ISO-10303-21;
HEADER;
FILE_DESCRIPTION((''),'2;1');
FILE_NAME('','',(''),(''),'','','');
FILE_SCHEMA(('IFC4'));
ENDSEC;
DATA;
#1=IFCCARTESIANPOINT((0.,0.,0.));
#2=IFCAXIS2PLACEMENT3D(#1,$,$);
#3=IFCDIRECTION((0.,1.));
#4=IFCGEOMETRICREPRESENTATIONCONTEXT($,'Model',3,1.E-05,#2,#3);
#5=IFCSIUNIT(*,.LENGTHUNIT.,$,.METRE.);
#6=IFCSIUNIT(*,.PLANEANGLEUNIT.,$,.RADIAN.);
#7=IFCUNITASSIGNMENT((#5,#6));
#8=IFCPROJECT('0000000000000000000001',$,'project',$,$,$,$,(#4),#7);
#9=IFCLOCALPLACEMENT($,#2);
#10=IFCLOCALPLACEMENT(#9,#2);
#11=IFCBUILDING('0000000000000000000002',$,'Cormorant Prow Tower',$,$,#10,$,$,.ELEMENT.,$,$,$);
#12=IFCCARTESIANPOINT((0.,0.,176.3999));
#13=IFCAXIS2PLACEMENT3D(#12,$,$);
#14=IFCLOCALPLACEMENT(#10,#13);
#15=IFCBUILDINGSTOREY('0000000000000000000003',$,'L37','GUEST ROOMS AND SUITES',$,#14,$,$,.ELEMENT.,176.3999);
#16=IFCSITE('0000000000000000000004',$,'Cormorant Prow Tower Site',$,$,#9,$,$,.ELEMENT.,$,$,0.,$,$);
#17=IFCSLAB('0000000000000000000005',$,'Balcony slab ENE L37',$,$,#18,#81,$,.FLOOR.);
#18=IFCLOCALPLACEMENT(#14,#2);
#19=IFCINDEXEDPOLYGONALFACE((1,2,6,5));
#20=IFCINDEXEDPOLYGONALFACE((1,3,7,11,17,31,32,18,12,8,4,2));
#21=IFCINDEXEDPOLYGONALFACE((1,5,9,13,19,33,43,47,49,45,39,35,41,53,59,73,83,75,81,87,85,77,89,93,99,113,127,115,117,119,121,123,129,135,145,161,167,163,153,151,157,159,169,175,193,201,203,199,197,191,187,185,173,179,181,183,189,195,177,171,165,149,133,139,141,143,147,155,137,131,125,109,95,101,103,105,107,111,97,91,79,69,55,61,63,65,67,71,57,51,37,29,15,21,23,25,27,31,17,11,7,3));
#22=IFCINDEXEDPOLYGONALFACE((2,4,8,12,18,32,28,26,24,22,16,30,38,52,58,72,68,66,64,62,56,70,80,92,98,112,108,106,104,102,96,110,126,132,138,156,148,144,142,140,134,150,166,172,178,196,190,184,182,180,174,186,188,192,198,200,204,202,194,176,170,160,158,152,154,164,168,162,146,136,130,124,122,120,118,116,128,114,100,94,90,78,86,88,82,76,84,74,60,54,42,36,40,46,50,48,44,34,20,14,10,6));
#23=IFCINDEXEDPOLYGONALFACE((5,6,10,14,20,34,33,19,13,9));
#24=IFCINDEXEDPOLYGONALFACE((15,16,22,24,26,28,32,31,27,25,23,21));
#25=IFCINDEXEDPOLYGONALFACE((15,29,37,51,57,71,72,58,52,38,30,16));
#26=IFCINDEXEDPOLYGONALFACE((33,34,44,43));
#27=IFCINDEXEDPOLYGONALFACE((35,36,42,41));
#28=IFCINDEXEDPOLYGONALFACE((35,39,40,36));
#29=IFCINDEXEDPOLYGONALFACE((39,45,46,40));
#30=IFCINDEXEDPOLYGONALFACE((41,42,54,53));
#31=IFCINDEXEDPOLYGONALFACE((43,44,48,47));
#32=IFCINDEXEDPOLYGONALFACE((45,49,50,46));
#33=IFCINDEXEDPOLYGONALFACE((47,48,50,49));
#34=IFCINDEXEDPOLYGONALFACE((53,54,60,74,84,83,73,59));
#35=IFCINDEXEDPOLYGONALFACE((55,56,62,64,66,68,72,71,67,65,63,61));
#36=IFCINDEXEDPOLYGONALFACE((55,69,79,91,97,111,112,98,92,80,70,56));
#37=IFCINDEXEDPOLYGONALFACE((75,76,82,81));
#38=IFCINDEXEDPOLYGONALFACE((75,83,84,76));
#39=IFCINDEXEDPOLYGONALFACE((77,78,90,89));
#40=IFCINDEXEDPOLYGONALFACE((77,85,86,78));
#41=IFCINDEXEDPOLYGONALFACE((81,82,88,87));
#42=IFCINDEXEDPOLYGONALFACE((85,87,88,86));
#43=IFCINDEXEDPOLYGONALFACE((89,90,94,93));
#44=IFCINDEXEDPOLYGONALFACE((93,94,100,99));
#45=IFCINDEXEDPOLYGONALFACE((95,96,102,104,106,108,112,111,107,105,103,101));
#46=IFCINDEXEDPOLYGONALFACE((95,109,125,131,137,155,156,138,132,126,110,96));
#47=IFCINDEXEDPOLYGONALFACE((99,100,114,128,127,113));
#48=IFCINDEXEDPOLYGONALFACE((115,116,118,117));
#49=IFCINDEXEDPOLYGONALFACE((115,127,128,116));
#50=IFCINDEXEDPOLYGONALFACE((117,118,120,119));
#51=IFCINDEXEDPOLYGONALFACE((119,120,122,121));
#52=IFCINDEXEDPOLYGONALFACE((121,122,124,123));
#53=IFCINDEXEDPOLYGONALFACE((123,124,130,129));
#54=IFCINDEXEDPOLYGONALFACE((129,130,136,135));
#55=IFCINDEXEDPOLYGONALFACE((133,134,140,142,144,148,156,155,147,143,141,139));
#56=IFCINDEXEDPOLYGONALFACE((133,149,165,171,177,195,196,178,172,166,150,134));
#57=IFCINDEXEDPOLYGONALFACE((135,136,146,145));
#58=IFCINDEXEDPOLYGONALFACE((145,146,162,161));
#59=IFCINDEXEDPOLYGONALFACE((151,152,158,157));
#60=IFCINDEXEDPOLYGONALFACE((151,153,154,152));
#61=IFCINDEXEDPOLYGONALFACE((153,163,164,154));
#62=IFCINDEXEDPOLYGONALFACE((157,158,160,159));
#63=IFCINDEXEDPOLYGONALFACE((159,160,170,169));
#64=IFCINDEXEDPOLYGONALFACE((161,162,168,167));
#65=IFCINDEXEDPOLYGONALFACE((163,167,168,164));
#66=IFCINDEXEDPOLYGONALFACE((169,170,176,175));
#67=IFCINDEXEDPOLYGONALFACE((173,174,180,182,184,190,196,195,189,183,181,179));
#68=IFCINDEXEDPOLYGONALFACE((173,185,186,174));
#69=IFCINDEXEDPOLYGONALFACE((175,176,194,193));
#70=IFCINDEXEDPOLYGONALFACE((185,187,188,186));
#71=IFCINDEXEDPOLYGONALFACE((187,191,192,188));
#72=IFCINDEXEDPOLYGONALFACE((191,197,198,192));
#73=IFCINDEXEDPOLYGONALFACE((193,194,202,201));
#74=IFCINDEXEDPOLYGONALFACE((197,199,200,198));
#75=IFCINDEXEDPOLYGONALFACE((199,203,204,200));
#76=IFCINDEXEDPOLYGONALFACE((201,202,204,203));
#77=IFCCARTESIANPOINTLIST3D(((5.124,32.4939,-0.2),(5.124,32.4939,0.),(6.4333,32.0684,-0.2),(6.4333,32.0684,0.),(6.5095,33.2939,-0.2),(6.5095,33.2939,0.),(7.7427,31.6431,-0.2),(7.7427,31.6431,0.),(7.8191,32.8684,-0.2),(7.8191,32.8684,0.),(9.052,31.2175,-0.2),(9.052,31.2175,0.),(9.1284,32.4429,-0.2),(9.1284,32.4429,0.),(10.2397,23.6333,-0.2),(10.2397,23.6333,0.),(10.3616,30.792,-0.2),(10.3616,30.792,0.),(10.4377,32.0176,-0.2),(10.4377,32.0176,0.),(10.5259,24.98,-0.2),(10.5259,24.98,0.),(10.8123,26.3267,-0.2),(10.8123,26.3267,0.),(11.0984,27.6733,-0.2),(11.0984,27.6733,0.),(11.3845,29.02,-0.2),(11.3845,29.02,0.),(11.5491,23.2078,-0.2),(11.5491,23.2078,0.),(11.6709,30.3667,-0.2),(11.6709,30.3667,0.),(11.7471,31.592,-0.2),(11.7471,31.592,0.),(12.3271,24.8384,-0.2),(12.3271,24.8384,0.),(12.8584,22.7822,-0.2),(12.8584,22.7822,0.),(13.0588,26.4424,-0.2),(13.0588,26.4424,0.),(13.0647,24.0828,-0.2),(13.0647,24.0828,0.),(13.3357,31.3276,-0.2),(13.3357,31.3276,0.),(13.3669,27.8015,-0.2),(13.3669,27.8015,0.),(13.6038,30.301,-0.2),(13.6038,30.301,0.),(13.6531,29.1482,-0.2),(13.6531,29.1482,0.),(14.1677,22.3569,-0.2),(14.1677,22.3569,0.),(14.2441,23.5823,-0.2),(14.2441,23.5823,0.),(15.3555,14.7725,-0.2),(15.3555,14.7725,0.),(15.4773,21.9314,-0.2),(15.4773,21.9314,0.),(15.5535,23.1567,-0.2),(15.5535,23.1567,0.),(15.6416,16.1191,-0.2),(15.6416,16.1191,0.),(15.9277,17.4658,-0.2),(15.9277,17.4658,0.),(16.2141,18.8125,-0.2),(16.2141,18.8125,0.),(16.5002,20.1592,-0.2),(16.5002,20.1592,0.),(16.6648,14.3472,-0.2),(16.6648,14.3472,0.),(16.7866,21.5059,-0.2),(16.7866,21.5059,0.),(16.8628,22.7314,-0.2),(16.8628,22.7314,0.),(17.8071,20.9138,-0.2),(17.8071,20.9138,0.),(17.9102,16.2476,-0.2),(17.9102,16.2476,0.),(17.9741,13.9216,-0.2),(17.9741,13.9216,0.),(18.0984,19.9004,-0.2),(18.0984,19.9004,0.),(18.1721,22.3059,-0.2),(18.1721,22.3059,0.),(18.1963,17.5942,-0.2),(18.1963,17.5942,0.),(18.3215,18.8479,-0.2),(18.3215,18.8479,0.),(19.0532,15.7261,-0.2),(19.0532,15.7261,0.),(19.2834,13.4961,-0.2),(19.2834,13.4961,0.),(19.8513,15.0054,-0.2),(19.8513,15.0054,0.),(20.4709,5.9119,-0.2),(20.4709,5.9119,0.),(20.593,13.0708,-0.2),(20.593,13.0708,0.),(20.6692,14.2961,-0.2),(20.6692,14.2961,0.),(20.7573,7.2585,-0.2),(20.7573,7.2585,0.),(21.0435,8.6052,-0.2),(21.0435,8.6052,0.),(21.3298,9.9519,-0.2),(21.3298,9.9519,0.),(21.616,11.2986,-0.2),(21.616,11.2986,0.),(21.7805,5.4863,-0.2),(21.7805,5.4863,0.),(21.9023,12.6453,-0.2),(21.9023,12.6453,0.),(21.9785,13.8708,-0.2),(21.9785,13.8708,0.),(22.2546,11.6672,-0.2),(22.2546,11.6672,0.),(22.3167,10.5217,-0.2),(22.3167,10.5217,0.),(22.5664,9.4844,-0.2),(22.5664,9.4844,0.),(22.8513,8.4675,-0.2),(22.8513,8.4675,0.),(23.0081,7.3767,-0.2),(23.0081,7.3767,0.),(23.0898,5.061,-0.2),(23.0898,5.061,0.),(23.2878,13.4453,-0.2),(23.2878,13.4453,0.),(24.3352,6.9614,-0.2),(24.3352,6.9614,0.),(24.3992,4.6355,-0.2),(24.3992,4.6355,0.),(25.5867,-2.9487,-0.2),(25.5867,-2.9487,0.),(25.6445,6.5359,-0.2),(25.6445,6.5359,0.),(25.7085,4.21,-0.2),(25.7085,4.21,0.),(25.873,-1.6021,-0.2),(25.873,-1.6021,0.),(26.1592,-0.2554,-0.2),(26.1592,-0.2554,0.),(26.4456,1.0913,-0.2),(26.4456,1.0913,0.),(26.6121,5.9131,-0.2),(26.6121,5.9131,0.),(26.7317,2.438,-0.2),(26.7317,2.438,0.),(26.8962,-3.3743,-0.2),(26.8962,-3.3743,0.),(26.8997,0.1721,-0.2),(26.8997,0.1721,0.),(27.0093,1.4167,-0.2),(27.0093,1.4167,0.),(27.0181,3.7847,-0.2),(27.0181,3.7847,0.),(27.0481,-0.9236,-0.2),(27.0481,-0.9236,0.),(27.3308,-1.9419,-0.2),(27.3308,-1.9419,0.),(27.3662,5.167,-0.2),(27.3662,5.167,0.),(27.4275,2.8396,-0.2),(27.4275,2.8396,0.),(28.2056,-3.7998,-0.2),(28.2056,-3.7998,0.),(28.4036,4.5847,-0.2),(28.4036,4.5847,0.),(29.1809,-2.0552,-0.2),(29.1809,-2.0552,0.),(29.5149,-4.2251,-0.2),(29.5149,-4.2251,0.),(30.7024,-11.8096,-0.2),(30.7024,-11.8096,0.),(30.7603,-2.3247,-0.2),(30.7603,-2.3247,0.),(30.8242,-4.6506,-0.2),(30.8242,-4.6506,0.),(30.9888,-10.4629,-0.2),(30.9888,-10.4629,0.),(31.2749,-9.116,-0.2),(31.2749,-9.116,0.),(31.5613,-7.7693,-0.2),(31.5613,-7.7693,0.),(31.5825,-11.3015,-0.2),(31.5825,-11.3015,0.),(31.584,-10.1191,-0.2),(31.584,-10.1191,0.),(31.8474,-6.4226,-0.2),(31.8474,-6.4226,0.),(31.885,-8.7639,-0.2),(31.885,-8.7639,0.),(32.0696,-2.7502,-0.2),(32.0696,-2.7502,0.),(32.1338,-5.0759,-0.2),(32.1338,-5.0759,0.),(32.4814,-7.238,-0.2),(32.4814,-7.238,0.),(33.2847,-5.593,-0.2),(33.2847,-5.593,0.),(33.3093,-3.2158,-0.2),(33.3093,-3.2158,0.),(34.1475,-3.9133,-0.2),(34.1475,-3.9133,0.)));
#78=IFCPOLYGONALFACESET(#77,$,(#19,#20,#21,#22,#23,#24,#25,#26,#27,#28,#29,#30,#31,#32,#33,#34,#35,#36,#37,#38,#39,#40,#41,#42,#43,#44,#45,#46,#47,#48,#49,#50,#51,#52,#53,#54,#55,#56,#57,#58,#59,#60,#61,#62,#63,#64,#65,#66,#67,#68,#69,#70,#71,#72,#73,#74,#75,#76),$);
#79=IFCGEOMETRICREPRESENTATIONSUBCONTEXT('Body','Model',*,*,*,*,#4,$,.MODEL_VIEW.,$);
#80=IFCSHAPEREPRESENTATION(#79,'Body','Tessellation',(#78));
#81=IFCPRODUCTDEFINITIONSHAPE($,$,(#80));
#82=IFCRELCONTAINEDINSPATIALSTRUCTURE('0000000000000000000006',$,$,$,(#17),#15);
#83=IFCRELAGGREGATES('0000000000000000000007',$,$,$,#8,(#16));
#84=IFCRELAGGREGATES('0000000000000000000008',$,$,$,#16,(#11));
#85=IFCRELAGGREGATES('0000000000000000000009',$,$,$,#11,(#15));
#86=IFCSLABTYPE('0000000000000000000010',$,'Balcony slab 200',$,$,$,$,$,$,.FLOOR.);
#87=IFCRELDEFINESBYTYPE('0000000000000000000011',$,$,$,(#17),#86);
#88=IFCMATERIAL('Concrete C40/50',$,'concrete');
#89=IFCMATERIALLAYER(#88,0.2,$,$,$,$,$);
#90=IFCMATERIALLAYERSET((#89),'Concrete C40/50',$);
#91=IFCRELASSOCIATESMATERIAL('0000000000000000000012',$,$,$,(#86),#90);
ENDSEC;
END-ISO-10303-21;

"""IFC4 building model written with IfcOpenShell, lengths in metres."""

from ifc_helpers import new_model, si_unit, direction, frame, origin, place, context, subcontext, project, spatial, polyline, outline, extrude, material, layer, layer_set, type_object, element, save


model = new_model("IFC4")

# Units and contexts
model_context = context("Model", 3, precision=1e-05, world=origin(), true_north=direction((0.0, 1.0)))
body_context = subcontext(model_context, "Body", "Model", "MODEL_VIEW")
ifc_project = project(units=[si_unit("LENGTHUNIT", "METRE"), si_unit("PLANEANGLEUNIT", "RADIAN")], contexts=[model_context])

# Site, building, storey
site_placement = place(None, origin())
site = spatial("IfcSite", under=ifc_project, at=site_placement, Name="Cormorant Prow Tower Site", CompositionType="ELEMENT", RefElevation=0.0)
building_placement = place(site_placement, origin())
building = spatial("IfcBuilding", under=site, at=building_placement, Name="Cormorant Prow Tower", CompositionType="ELEMENT")
storey_placement = place(building_placement, frame((0.0, 0.0, 176.3999)))
storey = spatial("IfcBuildingStorey", under=building, at=storey_placement, Name="L37", Description="GUEST ROOMS AND SUITES", CompositionType="ELEMENT", Elevation=176.3999)

# Slab
ifc_material_1 = material(Name="Concrete C40/50", Category="concrete")
ifc_layer_1 = layer(ifc_material_1, 0.2)
ifc_layer_set_1 = layer_set([ifc_layer_1], Name="Concrete C40/50")
slab_type_1 = type_object("IfcSlabType", Name="Balcony slab 200", PredefinedType="FLOOR", material=ifc_layer_set_1)
slab_1_placement = place(storey_placement, frame((0.0, 0.0, -0.2)))
element("IfcSlab", 1, at=slab_1_placement, inside=storey, type_object=slab_type_1, Name="Balcony slab ENE L37", PredefinedType="FLOOR", context=body_context, shape_type="SweptSolid", body=[
    extrude(outline(polyline([(30.7024, -11.8096), (31.5825, -11.3015), (31.584, -10.1191), (31.885, -8.7639), (32.4814, -7.238), (33.2847, -5.593), (34.1475, -3.9133), (33.3093, -3.2158), (32.0696, -2.7502), (30.7603, -2.3247), (29.1809, -2.0552), (27.3308, -1.9419), (27.0481, -0.9236), (26.8997, 0.1721), (27.0093, 1.4167), (27.4275, 2.8396), (28.4036, 4.5847), (27.3662, 5.167), (26.6121, 5.9131), (25.6445, 6.5359), (24.3352, 6.9614), (23.0081, 7.3767), (22.8513, 8.4675), (22.5664, 9.4844), (22.3167, 10.5217), (22.2546, 11.6672), (23.2878, 13.4453), (21.9785, 13.8708), (20.6692, 14.2961), (19.8513, 15.0054), (19.0532, 15.7261), (17.9102, 16.2476), (18.1963, 17.5942), (18.3215, 18.8479), (18.0984, 19.9004), (17.8071, 20.9138), (18.1721, 22.3059), (16.8628, 22.7314), (15.5535, 23.1567), (14.2441, 23.5823), (13.0647, 24.0828), (12.3271, 24.8384), (13.0588, 26.4424), (13.3669, 27.8015), (13.6531, 29.1482), (13.6038, 30.301), (13.3357, 31.3276), (11.7471, 31.592), (10.4377, 32.0176), (9.1284, 32.4429), (7.8191, 32.8684), (6.5095, 33.2939), (5.124, 32.4939), (6.4333, 32.0684), (7.7427, 31.6431), (9.052, 31.2175), (10.3616, 30.792), (11.6709, 30.3667), (11.3845, 29.02), (11.0984, 27.6733), (10.8123, 26.3267), (10.5259, 24.98), (10.2397, 23.6333), (11.5491, 23.2078), (12.8584, 22.7822), (14.1677, 22.3569), (15.4773, 21.9314), (16.7866, 21.5059), (16.5002, 20.1592), (16.2141, 18.8125), (15.9277, 17.4658), (15.6416, 16.1191), (15.3555, 14.7725), (16.6648, 14.3472), (17.9741, 13.9216), (19.2834, 13.4961), (20.593, 13.0708), (21.9023, 12.6453), (21.616, 11.2986), (21.3298, 9.9519), (21.0435, 8.6052), (20.7573, 7.2585), (20.4709, 5.9119), (21.7805, 5.4863), (23.0898, 5.061), (24.3992, 4.6355), (25.7085, 4.21), (27.0181, 3.7847), (26.7317, 2.438), (26.4456, 1.0913), (26.1592, -0.2554), (25.873, -1.6021), (25.5867, -2.9487), (26.8962, -3.3743), (28.2056, -3.7998), (29.5149, -4.2251), (30.8242, -4.6506), (32.1338, -5.0759), (31.8474, -6.4226), (31.5613, -7.7693), (31.2749, -9.116), (30.9888, -10.4629), (30.7024, -11.8096)])), origin(), (0.0, 0.0, 1.0), 0.2),
])

save(model, "model.ifc")
